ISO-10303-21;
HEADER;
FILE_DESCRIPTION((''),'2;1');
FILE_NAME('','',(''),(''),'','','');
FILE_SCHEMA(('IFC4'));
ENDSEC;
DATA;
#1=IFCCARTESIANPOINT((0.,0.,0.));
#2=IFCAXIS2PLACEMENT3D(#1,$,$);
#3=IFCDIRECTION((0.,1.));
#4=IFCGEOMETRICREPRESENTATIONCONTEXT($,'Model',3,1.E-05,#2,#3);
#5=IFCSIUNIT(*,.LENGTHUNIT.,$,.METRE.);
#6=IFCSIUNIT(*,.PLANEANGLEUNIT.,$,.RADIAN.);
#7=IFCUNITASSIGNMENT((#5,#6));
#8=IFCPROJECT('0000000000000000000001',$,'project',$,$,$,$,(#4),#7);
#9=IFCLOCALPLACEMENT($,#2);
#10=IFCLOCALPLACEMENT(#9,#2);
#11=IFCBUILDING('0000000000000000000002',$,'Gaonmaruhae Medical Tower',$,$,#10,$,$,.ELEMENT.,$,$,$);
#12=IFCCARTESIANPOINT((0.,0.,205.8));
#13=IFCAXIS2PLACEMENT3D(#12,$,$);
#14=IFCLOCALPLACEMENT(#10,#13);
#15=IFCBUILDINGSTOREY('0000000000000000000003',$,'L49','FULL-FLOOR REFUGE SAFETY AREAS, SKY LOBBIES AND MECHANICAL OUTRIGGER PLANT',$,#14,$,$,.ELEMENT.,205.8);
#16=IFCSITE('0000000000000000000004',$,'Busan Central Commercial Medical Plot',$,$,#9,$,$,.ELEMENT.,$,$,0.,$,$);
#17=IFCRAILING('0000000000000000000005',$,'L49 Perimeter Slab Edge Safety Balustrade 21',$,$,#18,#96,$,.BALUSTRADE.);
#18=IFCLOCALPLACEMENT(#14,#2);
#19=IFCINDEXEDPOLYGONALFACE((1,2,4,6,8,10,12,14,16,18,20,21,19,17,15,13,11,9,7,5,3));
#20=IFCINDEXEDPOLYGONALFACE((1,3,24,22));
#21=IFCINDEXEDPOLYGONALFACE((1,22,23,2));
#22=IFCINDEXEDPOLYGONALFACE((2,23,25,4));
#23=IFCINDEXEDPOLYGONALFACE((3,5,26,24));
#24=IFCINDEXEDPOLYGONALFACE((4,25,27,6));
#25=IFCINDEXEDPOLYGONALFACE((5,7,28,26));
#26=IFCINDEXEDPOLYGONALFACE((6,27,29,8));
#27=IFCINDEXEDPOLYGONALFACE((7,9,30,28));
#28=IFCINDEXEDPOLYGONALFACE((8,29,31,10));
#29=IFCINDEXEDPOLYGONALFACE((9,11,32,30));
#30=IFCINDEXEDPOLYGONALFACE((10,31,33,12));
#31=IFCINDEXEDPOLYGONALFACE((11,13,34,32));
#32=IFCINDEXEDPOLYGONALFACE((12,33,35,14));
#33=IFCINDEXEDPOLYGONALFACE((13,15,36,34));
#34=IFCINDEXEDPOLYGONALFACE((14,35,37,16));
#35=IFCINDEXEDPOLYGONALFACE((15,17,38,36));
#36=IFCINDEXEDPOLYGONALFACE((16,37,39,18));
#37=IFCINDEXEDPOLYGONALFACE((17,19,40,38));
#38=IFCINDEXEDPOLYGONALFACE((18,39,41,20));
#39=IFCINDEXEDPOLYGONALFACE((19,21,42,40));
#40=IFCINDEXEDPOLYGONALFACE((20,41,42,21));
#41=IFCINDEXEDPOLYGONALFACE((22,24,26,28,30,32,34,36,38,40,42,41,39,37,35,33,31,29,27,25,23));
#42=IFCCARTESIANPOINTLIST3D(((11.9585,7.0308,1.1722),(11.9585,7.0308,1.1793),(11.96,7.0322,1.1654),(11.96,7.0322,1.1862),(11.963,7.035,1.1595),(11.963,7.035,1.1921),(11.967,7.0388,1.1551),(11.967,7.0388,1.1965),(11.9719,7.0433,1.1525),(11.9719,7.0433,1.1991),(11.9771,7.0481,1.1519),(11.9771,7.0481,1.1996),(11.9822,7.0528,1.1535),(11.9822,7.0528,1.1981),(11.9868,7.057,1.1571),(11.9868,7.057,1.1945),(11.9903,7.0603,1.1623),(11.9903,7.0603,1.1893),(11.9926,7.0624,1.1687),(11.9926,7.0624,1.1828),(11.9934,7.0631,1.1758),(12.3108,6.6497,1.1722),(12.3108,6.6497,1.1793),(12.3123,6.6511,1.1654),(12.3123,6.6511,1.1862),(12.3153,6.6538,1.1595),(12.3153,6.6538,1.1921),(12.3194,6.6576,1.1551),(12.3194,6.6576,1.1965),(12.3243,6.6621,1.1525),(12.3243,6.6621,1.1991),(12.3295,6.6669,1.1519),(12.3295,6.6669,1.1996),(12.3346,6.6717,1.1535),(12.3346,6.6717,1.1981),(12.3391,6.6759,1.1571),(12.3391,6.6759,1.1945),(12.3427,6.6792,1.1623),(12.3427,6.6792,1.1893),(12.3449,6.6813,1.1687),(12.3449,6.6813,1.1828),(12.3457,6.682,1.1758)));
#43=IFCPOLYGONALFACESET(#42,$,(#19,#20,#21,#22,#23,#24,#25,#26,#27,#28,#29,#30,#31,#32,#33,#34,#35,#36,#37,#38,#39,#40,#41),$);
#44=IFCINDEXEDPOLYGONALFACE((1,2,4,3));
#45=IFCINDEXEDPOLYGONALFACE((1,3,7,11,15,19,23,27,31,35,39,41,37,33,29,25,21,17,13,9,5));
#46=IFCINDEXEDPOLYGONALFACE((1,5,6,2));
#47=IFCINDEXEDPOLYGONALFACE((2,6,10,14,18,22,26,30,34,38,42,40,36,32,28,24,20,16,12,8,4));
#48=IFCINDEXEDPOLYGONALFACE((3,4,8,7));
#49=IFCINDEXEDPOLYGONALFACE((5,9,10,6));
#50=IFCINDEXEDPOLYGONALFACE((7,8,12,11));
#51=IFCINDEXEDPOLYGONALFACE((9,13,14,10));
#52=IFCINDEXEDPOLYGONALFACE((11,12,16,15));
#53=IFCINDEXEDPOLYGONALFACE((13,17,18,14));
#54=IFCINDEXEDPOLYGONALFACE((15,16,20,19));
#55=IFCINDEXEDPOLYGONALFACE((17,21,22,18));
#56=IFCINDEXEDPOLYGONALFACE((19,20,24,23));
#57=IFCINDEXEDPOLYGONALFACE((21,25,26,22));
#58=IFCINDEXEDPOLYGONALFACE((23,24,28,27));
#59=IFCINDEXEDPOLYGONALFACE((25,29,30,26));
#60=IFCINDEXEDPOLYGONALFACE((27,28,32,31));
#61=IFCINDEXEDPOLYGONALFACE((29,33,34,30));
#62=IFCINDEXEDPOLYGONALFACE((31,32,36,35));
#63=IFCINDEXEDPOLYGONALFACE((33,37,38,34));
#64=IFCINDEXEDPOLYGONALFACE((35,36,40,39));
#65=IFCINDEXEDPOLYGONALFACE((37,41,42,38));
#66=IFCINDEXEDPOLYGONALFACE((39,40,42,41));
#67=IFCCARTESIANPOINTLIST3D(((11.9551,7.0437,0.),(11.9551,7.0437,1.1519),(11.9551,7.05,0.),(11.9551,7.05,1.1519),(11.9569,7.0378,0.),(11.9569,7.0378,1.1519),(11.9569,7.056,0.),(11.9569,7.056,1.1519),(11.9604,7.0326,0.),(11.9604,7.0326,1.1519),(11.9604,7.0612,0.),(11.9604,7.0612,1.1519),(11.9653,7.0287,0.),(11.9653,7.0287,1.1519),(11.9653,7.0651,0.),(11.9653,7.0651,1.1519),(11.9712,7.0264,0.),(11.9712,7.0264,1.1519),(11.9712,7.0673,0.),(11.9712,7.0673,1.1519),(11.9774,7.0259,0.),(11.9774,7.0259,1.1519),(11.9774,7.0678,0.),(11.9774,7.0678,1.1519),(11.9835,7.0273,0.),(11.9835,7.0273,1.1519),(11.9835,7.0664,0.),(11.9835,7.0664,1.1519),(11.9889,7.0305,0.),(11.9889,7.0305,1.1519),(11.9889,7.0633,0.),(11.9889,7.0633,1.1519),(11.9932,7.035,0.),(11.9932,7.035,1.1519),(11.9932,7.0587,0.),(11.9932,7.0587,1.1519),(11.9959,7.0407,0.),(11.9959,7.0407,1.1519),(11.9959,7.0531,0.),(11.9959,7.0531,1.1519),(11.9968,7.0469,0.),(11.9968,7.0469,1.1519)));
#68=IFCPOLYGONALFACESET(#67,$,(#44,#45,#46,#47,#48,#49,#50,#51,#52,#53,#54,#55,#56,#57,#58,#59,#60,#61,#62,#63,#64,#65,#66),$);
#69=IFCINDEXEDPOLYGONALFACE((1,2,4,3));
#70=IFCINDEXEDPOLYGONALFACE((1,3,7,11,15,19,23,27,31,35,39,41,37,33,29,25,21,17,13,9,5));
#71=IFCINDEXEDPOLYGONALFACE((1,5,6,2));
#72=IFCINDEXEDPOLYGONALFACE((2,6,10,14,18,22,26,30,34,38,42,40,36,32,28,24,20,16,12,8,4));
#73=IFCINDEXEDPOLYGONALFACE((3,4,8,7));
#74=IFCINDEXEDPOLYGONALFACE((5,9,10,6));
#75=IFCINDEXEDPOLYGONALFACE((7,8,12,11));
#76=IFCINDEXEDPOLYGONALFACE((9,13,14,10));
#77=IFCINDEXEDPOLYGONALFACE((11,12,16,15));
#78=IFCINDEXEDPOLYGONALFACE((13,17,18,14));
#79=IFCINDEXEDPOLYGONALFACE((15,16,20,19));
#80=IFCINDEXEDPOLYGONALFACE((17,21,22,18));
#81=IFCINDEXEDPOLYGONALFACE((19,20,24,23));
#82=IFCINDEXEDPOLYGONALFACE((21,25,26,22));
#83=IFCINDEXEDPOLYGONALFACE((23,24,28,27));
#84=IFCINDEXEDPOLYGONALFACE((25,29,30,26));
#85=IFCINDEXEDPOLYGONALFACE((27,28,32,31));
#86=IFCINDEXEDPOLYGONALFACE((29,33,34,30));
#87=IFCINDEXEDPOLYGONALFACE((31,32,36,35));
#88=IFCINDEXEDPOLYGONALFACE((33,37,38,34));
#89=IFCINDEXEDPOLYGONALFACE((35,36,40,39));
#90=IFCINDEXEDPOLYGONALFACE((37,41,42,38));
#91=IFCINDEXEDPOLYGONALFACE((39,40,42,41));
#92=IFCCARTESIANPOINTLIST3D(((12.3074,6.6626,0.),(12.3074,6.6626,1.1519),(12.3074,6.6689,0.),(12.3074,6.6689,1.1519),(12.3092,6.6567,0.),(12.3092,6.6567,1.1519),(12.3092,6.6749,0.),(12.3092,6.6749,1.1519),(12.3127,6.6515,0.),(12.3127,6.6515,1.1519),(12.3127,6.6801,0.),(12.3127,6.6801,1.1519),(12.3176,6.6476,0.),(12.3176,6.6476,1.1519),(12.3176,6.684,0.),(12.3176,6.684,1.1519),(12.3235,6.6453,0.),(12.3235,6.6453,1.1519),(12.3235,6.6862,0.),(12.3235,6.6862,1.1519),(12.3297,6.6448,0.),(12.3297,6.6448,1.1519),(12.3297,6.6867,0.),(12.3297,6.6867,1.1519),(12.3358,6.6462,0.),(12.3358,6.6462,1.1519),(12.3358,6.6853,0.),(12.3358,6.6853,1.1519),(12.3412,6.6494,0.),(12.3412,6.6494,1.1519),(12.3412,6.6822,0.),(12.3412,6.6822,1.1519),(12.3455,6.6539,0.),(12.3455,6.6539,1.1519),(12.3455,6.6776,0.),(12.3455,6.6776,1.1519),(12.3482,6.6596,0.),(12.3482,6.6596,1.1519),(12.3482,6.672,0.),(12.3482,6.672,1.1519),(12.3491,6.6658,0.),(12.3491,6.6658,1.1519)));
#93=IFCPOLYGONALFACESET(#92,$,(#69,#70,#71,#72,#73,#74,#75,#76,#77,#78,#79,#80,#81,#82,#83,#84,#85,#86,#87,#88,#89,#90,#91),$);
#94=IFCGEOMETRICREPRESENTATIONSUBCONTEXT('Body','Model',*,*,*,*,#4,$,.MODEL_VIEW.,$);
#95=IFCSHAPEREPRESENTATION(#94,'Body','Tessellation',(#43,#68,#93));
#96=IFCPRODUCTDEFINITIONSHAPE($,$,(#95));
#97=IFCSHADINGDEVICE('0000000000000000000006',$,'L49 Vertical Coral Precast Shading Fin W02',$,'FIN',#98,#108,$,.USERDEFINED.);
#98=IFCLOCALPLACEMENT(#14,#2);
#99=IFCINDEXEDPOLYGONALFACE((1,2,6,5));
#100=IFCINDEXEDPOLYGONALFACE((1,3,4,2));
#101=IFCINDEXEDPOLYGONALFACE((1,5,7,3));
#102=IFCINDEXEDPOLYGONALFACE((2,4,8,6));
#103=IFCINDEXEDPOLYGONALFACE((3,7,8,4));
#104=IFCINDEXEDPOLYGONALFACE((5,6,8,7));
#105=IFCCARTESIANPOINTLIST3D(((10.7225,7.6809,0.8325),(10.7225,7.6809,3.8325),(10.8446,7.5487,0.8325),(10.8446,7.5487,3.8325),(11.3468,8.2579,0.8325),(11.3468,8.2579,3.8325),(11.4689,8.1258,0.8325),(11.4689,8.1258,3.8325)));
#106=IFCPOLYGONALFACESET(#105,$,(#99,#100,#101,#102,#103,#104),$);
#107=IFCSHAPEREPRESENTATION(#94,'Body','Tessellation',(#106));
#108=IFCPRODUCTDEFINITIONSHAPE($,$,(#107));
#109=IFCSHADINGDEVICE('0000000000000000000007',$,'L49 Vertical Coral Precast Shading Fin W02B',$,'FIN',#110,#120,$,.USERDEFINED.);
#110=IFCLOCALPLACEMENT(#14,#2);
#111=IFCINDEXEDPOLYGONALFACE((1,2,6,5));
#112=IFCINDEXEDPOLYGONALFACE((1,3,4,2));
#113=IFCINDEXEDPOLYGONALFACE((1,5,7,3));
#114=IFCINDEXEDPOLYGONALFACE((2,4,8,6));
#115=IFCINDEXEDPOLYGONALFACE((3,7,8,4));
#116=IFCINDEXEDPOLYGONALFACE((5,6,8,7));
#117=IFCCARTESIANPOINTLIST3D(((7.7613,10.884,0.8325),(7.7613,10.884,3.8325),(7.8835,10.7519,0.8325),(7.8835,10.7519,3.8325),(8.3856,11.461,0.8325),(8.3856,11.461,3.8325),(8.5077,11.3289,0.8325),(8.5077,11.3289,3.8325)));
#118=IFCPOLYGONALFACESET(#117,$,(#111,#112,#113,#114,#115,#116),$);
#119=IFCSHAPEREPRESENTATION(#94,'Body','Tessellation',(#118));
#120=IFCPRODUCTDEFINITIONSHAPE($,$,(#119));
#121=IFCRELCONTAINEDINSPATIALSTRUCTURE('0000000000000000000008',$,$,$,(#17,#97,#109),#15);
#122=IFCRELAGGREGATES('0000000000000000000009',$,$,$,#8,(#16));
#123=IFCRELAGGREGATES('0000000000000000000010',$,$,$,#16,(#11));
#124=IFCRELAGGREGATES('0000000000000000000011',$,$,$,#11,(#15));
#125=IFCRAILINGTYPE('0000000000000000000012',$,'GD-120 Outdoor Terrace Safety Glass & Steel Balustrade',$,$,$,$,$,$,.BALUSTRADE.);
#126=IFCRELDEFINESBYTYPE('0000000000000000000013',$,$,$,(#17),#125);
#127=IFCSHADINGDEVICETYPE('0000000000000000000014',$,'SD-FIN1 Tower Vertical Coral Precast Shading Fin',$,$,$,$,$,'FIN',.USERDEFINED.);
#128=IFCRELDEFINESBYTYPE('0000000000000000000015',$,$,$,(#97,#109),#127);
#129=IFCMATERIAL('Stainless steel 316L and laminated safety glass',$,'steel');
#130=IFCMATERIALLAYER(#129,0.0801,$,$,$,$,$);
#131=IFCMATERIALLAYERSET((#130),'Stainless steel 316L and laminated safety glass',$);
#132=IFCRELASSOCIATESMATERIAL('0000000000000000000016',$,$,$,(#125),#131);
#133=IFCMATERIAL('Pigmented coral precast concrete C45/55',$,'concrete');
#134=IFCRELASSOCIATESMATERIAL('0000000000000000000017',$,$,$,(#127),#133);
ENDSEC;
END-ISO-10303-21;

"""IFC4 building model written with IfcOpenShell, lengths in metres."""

from ifc_helpers import new_model, si_unit, direction, frame, origin, origin_2d, place, context, subcontext, project, spatial, rectangle, circle, extrude, material, layer, layer_set, type_object, element, save


model = new_model("IFC4")

# Units and contexts
model_context = context("Model", 3, precision=1e-05, world=origin(), true_north=direction((0.0, 1.0)))
body_context = subcontext(model_context, "Body", "Model", "MODEL_VIEW")
ifc_project = project(units=[si_unit("LENGTHUNIT", "METRE"), si_unit("PLANEANGLEUNIT", "RADIAN")], contexts=[model_context])

# Site, building, storey
site_placement = place(None, origin())
site = spatial("IfcSite", under=ifc_project, at=site_placement, Name="Busan Central Commercial Medical Plot", CompositionType="ELEMENT", RefElevation=0.0)
building_placement = place(site_placement, origin())
building = spatial("IfcBuilding", under=site, at=building_placement, Name="Gaonmaruhae Medical Tower", CompositionType="ELEMENT")
storey_placement = place(building_placement, frame((0.0, 0.0, 205.8)))
storey = spatial("IfcBuildingStorey", under=building, at=storey_placement, Name="L49", Description="FULL-FLOOR REFUGE SAFETY AREAS, SKY LOBBIES AND MECHANICAL OUTRIGGER PLANT", CompositionType="ELEMENT", Elevation=205.8)

# Railing
ifc_material_1 = material(Name="Stainless steel 316L and laminated safety glass", Category="steel")
ifc_layer_1 = layer(ifc_material_1, 0.0801)
ifc_layer_set_1 = layer_set([ifc_layer_1], Name="Stainless steel 316L and laminated safety glass")
railing_type = type_object("IfcRailingType", Name="GD-120 Outdoor Terrace Safety Glass & Steel Balustrade", PredefinedType="BALUSTRADE", material=ifc_layer_set_1)
for number, where, name in (
    (1, (11.9758, 7.0469, 0.0), "L49 Perimeter Slab Edge Safety Balustrade 21"),
):
    element("IfcRailing", number, at=place(storey_placement, frame(where)), inside=storey, type_object=railing_type, Name=name, PredefinedType="BALUSTRADE", context=body_context, shape_type="SweptSolid", body=[
        extrude(circle(Radius=0.0239, at=origin_2d()), frame((0.0, 0.0, 1.1758), z_axis=(0.678807, -0.734316, 0.0), x_axis=(0.734316, 0.678807, 0.0)), (0.0, 0.0, 1.0), 0.519),
        extrude(circle(Radius=0.021, at=origin_2d()), origin(), (0.0, 0.0, 1.0), 1.1519),
        extrude(circle(Radius=0.021, at=origin_2d()), frame((0.3523, -0.3811, 0.0)), (0.0, 0.0, 1.0), 1.1519),
    ])

# Shading devices
ifc_material_2 = material(Name="Pigmented coral precast concrete C45/55", Category="concrete")
shading_device_type = type_object("IfcShadingDeviceType", Name="SD-FIN1 Tower Vertical Coral Precast Shading Fin", ElementType="FIN", PredefinedType="USERDEFINED", material=ifc_material_2)
for number, where, z_axis, x_axis, name in (
    (2, (11.0957, 7.9033, 0.8325), (0.0, 0.0, 1.0), (-0.678801, 0.734323, 0.0), "L49 Vertical Coral Precast Shading Fin W02"),
    (3, (8.1345, 11.1064, 0.8325), (0.0, 0.0, 1.0), (-0.678801, 0.734323, 0.0), "L49 Vertical Coral Precast Shading Fin W02B"),
):
    element("IfcShadingDevice", number, at=place(storey_placement, frame(where, z_axis=z_axis, x_axis=x_axis)), inside=storey, type_object=shading_device_type, Name=name, ObjectType="FIN", PredefinedType="USERDEFINED", context=body_context, shape_type="SweptSolid", body=[
        extrude(rectangle(XDim=0.1799, YDim=0.8501, at=origin_2d()), origin(), (0.0, 0.0, 1.0), 3.0),
    ])

save(model, "model.ifc")
